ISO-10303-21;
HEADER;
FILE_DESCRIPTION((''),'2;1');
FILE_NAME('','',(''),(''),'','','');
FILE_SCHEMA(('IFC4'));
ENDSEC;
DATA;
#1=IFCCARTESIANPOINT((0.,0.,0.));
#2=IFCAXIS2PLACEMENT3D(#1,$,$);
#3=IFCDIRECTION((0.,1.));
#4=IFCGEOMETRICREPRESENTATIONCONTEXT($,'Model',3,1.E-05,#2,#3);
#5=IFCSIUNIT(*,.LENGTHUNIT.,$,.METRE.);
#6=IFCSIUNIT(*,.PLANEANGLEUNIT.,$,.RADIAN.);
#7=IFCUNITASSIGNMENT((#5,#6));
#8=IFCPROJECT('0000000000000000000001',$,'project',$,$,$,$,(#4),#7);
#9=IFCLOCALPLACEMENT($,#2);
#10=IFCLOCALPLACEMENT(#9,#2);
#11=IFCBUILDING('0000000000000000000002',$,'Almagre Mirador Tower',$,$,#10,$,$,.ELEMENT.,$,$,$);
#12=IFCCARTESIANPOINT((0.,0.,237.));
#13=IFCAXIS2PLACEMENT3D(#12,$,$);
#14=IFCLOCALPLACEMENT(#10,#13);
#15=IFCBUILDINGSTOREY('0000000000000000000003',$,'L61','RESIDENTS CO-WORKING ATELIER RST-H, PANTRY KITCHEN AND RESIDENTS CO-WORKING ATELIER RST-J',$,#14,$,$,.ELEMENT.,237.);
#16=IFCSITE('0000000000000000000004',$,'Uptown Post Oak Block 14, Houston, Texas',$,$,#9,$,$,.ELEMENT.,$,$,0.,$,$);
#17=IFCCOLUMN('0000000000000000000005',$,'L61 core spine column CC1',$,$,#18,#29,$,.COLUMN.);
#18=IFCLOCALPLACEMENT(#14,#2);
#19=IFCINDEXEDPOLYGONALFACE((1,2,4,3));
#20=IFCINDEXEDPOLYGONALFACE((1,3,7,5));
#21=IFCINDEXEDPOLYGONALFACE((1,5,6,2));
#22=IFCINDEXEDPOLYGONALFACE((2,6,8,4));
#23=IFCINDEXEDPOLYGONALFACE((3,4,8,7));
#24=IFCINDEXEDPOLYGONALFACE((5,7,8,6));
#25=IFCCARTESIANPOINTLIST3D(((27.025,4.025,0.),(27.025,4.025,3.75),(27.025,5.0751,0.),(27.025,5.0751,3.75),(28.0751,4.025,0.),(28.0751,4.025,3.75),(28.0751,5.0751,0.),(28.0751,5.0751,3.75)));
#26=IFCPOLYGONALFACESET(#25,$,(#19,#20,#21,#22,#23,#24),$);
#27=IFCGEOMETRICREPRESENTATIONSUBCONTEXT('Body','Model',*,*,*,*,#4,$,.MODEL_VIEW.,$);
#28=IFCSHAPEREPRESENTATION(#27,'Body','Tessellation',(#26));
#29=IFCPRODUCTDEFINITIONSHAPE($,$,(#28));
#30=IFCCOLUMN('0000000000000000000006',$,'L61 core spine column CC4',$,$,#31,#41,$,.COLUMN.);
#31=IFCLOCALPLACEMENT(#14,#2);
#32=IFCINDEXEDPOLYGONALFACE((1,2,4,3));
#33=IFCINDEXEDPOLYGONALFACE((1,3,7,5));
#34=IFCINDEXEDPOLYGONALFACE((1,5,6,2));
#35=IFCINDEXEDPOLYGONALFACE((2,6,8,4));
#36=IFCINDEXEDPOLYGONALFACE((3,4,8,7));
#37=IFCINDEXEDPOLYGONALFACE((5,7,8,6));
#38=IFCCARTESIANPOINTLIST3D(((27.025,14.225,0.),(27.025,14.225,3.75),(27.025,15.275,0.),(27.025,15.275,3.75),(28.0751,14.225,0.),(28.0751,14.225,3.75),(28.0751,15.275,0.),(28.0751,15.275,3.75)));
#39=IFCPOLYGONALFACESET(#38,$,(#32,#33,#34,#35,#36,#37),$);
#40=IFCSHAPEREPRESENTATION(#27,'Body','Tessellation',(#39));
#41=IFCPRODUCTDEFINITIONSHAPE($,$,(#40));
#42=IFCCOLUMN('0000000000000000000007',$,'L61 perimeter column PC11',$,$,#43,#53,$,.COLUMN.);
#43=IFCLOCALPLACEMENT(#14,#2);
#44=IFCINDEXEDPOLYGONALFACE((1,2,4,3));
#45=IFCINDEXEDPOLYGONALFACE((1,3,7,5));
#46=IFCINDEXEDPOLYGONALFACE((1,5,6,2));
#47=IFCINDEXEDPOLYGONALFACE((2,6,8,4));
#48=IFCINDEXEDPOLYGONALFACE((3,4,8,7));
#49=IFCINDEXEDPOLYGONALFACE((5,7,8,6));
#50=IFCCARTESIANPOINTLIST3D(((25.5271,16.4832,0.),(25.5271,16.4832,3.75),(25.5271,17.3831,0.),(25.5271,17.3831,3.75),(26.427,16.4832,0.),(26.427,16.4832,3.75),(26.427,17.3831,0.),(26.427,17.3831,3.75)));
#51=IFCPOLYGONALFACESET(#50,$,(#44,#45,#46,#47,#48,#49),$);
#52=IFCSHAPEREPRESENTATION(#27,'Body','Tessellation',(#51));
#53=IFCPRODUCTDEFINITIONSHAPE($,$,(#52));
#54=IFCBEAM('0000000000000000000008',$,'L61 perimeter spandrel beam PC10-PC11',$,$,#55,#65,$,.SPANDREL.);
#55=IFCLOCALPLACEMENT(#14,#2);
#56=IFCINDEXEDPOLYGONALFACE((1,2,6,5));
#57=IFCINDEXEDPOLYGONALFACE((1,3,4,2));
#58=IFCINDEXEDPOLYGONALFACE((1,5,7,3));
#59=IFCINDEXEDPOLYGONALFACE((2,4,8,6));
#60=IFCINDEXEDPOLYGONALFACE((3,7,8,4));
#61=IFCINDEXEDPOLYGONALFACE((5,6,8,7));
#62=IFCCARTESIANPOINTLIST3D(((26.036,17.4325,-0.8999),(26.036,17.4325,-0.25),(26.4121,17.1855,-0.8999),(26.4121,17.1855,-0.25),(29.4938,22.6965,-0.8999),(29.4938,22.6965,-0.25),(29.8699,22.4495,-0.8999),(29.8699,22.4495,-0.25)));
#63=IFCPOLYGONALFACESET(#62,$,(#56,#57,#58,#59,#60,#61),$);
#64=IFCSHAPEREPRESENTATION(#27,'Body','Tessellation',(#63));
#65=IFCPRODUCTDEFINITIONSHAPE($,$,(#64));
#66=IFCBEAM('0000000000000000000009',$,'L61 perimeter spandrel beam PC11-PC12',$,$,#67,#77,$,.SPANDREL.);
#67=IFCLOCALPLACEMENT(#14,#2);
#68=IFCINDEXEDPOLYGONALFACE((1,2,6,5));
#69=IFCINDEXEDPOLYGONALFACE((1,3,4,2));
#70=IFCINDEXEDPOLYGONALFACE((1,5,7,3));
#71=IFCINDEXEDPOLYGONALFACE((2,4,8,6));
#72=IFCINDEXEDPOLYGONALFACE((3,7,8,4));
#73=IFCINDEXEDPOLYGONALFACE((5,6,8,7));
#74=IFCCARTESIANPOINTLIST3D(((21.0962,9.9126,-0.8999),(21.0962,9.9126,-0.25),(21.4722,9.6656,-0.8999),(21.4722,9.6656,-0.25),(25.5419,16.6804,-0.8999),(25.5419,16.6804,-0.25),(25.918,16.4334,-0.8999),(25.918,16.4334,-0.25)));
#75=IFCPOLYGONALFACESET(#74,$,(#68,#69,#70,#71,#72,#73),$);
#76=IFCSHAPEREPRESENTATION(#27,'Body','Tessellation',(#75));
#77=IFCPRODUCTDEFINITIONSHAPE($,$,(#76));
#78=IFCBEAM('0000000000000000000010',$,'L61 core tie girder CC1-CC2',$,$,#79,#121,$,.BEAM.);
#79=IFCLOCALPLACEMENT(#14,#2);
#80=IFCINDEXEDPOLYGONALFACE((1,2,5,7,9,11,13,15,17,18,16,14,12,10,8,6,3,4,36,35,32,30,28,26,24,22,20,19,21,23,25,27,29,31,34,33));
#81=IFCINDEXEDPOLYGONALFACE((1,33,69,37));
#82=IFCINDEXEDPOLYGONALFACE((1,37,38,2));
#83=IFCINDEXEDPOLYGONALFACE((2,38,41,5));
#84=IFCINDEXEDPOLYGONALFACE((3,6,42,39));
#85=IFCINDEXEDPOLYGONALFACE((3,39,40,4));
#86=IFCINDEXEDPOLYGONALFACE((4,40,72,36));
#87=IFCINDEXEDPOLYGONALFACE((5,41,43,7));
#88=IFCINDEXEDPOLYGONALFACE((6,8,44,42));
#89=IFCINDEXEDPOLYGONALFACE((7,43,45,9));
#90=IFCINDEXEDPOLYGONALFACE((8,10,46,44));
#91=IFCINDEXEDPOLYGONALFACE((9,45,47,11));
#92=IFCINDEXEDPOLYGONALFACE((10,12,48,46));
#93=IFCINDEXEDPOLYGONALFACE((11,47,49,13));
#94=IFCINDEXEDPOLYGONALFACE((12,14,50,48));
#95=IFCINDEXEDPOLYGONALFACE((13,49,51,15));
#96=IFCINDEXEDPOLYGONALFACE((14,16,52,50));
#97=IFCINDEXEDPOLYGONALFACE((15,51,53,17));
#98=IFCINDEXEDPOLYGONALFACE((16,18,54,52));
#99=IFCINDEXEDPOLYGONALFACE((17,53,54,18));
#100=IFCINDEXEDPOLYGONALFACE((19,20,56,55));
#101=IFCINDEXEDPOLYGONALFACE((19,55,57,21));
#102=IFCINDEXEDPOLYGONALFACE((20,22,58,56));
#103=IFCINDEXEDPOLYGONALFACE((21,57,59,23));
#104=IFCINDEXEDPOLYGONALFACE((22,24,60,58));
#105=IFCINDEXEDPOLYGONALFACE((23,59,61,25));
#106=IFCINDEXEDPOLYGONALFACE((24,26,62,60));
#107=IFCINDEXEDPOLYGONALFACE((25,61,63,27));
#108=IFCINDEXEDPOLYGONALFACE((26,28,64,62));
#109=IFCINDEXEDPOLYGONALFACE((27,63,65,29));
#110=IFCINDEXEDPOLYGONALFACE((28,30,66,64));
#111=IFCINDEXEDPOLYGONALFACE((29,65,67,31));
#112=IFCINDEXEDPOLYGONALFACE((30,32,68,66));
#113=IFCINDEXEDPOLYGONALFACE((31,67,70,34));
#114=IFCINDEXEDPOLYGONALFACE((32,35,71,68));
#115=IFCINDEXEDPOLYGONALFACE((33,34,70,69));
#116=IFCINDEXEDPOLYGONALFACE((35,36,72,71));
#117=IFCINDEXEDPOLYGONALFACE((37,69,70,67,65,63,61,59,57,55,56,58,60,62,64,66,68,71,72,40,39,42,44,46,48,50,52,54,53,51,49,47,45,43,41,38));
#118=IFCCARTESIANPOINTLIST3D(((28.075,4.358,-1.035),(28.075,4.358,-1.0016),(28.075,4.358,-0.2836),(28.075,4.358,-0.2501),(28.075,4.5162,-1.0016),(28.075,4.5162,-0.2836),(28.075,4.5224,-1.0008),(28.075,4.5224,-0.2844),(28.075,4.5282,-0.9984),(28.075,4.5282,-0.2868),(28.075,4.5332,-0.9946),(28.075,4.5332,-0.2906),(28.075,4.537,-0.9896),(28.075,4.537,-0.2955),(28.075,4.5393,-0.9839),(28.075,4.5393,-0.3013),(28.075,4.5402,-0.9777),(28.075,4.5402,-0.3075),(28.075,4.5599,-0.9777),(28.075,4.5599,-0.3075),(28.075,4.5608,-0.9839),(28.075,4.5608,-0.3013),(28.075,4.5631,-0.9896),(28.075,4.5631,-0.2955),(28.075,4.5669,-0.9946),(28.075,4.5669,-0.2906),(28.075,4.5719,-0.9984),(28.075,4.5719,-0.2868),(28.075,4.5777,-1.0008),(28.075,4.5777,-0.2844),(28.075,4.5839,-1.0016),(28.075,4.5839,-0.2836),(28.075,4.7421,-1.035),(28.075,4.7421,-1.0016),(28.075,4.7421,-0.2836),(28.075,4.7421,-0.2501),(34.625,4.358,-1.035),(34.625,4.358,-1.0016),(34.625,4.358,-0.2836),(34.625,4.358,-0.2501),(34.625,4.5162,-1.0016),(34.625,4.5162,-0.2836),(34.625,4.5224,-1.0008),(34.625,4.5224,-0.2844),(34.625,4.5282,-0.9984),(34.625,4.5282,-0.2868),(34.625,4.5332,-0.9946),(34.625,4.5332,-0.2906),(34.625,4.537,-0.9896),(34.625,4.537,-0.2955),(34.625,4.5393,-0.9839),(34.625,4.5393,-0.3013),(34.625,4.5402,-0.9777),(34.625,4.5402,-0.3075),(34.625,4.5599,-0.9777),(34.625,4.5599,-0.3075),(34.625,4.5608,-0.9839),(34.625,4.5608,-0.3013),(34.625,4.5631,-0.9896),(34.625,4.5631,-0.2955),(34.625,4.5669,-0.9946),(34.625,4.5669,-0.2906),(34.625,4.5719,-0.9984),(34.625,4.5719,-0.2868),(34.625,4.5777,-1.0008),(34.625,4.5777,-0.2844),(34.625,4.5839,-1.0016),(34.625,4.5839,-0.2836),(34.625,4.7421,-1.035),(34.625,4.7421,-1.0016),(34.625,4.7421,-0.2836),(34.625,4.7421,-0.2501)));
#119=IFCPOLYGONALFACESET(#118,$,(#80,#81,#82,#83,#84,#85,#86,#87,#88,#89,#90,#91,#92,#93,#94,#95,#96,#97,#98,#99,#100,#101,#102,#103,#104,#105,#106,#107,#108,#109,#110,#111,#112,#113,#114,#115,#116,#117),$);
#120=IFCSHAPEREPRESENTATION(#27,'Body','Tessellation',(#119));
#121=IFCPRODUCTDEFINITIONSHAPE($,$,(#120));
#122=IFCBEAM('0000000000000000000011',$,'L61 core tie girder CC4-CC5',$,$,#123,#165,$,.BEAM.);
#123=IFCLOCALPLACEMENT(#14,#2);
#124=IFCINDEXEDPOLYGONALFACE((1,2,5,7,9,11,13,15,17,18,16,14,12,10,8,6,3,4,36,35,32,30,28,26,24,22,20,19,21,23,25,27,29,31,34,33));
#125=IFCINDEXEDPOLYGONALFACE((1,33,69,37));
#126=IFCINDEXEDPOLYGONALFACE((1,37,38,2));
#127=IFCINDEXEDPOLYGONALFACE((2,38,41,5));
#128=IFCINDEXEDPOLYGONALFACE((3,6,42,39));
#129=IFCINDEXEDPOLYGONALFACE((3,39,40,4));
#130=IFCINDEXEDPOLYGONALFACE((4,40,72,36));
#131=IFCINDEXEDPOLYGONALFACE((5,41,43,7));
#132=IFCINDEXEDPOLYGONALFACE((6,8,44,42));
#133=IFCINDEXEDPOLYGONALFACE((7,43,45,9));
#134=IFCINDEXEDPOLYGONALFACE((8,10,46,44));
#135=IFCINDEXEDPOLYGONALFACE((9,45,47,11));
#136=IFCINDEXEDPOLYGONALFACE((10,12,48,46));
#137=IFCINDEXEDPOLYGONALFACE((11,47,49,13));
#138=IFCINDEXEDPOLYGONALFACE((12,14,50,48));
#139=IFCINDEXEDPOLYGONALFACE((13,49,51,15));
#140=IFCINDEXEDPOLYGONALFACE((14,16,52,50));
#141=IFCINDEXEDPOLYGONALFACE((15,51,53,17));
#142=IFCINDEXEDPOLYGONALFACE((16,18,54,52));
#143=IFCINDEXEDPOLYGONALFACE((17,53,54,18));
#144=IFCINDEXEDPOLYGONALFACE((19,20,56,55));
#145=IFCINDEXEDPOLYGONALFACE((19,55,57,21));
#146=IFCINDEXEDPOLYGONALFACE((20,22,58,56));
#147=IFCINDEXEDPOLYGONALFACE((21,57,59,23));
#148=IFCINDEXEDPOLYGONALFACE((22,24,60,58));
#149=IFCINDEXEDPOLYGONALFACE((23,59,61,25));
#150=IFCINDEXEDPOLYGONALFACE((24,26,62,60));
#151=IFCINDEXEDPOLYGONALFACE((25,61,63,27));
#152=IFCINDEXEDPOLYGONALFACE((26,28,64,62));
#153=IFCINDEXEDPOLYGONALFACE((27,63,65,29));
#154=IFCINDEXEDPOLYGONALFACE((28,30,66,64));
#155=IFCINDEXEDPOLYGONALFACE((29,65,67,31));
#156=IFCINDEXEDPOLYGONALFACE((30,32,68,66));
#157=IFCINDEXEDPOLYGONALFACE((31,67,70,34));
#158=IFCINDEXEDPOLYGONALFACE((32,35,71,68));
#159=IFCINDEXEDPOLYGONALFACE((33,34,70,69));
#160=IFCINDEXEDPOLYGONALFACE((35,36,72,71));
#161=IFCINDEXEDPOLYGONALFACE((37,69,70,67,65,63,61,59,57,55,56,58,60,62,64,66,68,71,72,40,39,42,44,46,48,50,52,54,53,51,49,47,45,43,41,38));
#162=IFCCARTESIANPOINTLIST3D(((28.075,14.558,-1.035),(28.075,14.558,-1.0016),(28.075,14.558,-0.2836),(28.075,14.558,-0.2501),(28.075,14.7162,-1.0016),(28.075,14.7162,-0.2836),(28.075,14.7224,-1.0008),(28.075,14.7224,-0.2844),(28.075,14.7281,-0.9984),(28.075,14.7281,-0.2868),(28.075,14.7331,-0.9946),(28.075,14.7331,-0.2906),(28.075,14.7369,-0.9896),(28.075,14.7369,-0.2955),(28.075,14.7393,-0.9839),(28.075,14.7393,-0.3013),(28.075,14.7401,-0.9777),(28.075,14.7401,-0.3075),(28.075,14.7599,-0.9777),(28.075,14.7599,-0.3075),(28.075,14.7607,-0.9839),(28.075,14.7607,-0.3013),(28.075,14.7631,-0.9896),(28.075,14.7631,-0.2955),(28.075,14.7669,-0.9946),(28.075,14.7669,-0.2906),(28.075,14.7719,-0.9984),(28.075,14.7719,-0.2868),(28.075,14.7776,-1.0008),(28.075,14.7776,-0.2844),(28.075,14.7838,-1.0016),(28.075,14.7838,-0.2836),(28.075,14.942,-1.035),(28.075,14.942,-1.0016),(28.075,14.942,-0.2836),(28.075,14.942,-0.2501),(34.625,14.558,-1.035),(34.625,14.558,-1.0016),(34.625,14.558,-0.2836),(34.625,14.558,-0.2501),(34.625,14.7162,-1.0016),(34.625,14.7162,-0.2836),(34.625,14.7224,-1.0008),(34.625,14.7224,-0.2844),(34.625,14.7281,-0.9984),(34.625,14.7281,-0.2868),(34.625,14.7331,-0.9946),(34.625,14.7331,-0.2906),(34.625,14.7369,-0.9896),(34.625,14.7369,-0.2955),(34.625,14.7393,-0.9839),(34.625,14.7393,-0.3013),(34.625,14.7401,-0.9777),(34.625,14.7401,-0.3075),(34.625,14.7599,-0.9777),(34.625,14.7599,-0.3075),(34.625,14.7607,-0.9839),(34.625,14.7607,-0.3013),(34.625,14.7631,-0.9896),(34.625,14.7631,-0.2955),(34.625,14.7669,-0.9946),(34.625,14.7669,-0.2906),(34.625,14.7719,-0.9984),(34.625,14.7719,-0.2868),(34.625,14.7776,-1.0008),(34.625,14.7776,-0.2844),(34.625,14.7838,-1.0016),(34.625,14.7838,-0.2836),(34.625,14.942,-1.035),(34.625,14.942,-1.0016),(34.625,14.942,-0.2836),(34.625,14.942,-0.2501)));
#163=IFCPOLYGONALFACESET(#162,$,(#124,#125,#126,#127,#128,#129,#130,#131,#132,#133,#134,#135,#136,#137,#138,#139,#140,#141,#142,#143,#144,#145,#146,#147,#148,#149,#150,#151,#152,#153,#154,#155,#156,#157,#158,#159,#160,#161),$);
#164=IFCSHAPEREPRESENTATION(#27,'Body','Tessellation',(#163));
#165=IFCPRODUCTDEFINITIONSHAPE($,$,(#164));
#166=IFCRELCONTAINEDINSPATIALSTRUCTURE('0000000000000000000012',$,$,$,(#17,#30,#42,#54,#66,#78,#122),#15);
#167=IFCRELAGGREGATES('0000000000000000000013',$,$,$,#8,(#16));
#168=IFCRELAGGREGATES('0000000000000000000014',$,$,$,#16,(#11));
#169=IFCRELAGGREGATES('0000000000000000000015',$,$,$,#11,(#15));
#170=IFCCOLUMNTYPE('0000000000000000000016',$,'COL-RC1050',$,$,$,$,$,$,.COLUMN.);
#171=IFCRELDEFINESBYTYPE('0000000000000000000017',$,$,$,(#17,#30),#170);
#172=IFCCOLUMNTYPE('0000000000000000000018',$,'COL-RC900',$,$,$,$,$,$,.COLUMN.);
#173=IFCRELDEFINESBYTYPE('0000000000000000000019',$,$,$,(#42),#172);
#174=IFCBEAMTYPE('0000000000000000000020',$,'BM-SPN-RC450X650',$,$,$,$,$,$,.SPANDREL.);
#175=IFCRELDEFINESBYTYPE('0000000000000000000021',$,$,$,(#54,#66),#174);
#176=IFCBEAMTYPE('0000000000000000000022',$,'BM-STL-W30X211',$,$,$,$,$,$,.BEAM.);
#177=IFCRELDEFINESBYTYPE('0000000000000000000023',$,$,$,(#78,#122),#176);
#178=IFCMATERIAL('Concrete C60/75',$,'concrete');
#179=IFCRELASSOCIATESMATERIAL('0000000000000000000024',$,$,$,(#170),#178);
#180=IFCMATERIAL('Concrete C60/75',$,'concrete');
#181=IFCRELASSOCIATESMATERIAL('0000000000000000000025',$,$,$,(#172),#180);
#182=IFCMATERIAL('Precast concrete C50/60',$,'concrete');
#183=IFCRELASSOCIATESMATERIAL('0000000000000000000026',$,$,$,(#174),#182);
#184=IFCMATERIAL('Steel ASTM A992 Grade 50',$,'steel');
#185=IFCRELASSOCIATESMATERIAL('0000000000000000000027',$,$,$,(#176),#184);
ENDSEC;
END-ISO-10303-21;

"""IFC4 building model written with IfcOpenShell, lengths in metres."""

from ifc_helpers import new_model, si_unit, direction, frame, origin, origin_2d, place, context, subcontext, project, spatial, rectangle, i_section, extrude, material, material_profile, profile_set, type_object, element, save


model = new_model("IFC4")

# Units and contexts
model_context = context("Model", 3, precision=1e-05, world=origin(), true_north=direction((0.0, 1.0)))
body_context = subcontext(model_context, "Body", "Model", "MODEL_VIEW")
ifc_project = project(units=[si_unit("LENGTHUNIT", "METRE"), si_unit("PLANEANGLEUNIT", "RADIAN")], contexts=[model_context])

# Site, building, storey
site_placement = place(None, origin())
site = spatial("IfcSite", under=ifc_project, at=site_placement, Name="Uptown Post Oak Block 14, Houston, Texas", CompositionType="ELEMENT", RefElevation=0.0)
building_placement = place(site_placement, origin())
building = spatial("IfcBuilding", under=site, at=building_placement, Name="Almagre Mirador Tower", CompositionType="ELEMENT")
storey_placement = place(building_placement, frame((0.0, 0.0, 237.0)))
storey = spatial("IfcBuildingStorey", under=building, at=storey_placement, Name="L61", Description="RESIDENTS CO-WORKING ATELIER RST-H, PANTRY KITCHEN AND RESIDENTS CO-WORKING ATELIER RST-J", CompositionType="ELEMENT", Elevation=237.0)

# Columns
ifc_material_1 = material(Name="Concrete C60/75", Category="concrete")
ifc_material_profile_1 = material_profile(ifc_material_1, rectangle(XDim=1.05, YDim=1.05, at=origin_2d()), Name="RC1050X1050")
ifc_profile_set_1 = profile_set([ifc_material_profile_1], Name="Concrete C60/75")
column_type_1 = type_object("IfcColumnType", Name="COL-RC1050", PredefinedType="COLUMN", material=ifc_profile_set_1)
for number, where, z_axis, x_axis, name in (
    (1, (27.55, 4.55, 0.0), (0.0, 0.0, 1.0), (1.0, 0.0, 0.0), "L61 core spine column CC1"),
    (2, (27.55, 14.75, 0.0), (0.0, 0.0, 1.0), (1.0, 0.0, 0.0), "L61 core spine column CC4"),
):
    element("IfcColumn", number, at=place(storey_placement, frame(where, z_axis=z_axis, x_axis=x_axis)), inside=storey, type_object=column_type_1, Name=name, PredefinedType="COLUMN", context=body_context, shape_type="SweptSolid", body=[
        extrude(rectangle(XDim=1.05, YDim=1.05, at=origin_2d()), origin(), (0.0, 0.0, 1.0), 3.75),
    ])
ifc_material_2 = material(Name="Concrete C60/75", Category="concrete")
ifc_material_profile_2 = material_profile(ifc_material_2, rectangle(XDim=0.8999, YDim=0.8999, at=origin_2d()), Name="RC900X900")
ifc_profile_set_2 = profile_set([ifc_material_profile_2], Name="Concrete C60/75")
column_type_2 = type_object("IfcColumnType", Name="COL-RC900", PredefinedType="COLUMN", material=ifc_profile_set_2)
column_placement = place(storey_placement, frame((25.9771, 16.9331, 0.0), z_axis=(0.0, 0.0, 1.0), x_axis=(1.0, 0.0, 0.0)))
element("IfcColumn", 3, at=column_placement, inside=storey, type_object=column_type_2, Name="L61 perimeter column PC11", PredefinedType="COLUMN", context=body_context, shape_type="SweptSolid", body=[
    extrude(rectangle(XDim=0.8999, YDim=0.8999, at=origin_2d()), origin(), (0.0, 0.0, 1.0), 3.75),
])

# Beams
ifc_material_3 = material(Name="Precast concrete C50/60", Category="concrete")
ifc_material_profile_3 = material_profile(ifc_material_3, rectangle(XDim=0.45, YDim=0.6499, at=origin_2d()), Name="RC450X650")
ifc_profile_set_3 = profile_set([ifc_material_profile_3], Name="Precast concrete C50/60")
beam_type_1 = type_object("IfcBeamType", Name="BM-SPN-RC450X650", PredefinedType="SPANDREL", material=ifc_profile_set_3)
beam_1_placement = place(storey_placement, frame((29.6819, 22.573, -0.575), z_axis=(-0.549025, -0.835806, 0.0), x_axis=(0.835806, -0.549025, 0.0)))
element("IfcBeam", 4, at=beam_1_placement, inside=storey, type_object=beam_type_1, Name="L61 perimeter spandrel beam PC10-PC11", PredefinedType="SPANDREL", context=body_context, shape_type="SweptSolid", body=[
    extrude(rectangle(XDim=0.45, YDim=0.6499, at=origin_2d()), origin(), (0.0, 0.0, 1.0), 6.2981),
])
beam_2_placement = place(storey_placement, frame((25.73, 16.5569, -0.575), z_axis=(-0.549038, -0.835798, 0.0), x_axis=(0.835798, -0.549038, 0.0)))
element("IfcBeam", 5, at=beam_2_placement, inside=storey, type_object=beam_type_1, Name="L61 perimeter spandrel beam PC11-PC12", PredefinedType="SPANDREL", context=body_context, shape_type="SweptSolid", body=[
    extrude(rectangle(XDim=0.45, YDim=0.6499, at=origin_2d()), origin(), (0.0, 0.0, 1.0), 8.0974),
])
ifc_material_4 = material(Name="Steel ASTM A992 Grade 50", Category="steel")
ifc_material_profile_4 = material_profile(ifc_material_4, i_section(OverallWidth=0.384, OverallDepth=0.7849, WebThickness=0.0198, FlangeThickness=0.0334, FilletRadius=0.0239, at=origin_2d()), Name="W30X211")
ifc_profile_set_4 = profile_set([ifc_material_profile_4], Name="Steel ASTM A992 Grade 50")
beam_type_2 = type_object("IfcBeamType", Name="BM-STL-W30X211", PredefinedType="BEAM", material=ifc_profile_set_4)
for number, where, z_axis, x_axis, name in (
    (6, (28.075, 4.55, -0.6426), (1.0, 0.0, 0.0), (0.0, 1.0, 0.0), "L61 core tie girder CC1-CC2"),
    (7, (28.075, 14.75, -0.6426), (1.0, 0.0, 0.0), (0.0, 1.0, 0.0), "L61 core tie girder CC4-CC5"),
):
    element("IfcBeam", number, at=place(storey_placement, frame(where, z_axis=z_axis, x_axis=x_axis)), inside=storey, type_object=beam_type_2, Name=name, PredefinedType="BEAM", context=body_context, shape_type="SweptSolid", body=[
        extrude(i_section(OverallWidth=0.384, OverallDepth=0.7849, WebThickness=0.0198, FlangeThickness=0.0334, FilletRadius=0.0239, at=origin_2d()), origin(), (0.0, 0.0, 1.0), 6.55),
    ])

save(model, "model.ifc")
